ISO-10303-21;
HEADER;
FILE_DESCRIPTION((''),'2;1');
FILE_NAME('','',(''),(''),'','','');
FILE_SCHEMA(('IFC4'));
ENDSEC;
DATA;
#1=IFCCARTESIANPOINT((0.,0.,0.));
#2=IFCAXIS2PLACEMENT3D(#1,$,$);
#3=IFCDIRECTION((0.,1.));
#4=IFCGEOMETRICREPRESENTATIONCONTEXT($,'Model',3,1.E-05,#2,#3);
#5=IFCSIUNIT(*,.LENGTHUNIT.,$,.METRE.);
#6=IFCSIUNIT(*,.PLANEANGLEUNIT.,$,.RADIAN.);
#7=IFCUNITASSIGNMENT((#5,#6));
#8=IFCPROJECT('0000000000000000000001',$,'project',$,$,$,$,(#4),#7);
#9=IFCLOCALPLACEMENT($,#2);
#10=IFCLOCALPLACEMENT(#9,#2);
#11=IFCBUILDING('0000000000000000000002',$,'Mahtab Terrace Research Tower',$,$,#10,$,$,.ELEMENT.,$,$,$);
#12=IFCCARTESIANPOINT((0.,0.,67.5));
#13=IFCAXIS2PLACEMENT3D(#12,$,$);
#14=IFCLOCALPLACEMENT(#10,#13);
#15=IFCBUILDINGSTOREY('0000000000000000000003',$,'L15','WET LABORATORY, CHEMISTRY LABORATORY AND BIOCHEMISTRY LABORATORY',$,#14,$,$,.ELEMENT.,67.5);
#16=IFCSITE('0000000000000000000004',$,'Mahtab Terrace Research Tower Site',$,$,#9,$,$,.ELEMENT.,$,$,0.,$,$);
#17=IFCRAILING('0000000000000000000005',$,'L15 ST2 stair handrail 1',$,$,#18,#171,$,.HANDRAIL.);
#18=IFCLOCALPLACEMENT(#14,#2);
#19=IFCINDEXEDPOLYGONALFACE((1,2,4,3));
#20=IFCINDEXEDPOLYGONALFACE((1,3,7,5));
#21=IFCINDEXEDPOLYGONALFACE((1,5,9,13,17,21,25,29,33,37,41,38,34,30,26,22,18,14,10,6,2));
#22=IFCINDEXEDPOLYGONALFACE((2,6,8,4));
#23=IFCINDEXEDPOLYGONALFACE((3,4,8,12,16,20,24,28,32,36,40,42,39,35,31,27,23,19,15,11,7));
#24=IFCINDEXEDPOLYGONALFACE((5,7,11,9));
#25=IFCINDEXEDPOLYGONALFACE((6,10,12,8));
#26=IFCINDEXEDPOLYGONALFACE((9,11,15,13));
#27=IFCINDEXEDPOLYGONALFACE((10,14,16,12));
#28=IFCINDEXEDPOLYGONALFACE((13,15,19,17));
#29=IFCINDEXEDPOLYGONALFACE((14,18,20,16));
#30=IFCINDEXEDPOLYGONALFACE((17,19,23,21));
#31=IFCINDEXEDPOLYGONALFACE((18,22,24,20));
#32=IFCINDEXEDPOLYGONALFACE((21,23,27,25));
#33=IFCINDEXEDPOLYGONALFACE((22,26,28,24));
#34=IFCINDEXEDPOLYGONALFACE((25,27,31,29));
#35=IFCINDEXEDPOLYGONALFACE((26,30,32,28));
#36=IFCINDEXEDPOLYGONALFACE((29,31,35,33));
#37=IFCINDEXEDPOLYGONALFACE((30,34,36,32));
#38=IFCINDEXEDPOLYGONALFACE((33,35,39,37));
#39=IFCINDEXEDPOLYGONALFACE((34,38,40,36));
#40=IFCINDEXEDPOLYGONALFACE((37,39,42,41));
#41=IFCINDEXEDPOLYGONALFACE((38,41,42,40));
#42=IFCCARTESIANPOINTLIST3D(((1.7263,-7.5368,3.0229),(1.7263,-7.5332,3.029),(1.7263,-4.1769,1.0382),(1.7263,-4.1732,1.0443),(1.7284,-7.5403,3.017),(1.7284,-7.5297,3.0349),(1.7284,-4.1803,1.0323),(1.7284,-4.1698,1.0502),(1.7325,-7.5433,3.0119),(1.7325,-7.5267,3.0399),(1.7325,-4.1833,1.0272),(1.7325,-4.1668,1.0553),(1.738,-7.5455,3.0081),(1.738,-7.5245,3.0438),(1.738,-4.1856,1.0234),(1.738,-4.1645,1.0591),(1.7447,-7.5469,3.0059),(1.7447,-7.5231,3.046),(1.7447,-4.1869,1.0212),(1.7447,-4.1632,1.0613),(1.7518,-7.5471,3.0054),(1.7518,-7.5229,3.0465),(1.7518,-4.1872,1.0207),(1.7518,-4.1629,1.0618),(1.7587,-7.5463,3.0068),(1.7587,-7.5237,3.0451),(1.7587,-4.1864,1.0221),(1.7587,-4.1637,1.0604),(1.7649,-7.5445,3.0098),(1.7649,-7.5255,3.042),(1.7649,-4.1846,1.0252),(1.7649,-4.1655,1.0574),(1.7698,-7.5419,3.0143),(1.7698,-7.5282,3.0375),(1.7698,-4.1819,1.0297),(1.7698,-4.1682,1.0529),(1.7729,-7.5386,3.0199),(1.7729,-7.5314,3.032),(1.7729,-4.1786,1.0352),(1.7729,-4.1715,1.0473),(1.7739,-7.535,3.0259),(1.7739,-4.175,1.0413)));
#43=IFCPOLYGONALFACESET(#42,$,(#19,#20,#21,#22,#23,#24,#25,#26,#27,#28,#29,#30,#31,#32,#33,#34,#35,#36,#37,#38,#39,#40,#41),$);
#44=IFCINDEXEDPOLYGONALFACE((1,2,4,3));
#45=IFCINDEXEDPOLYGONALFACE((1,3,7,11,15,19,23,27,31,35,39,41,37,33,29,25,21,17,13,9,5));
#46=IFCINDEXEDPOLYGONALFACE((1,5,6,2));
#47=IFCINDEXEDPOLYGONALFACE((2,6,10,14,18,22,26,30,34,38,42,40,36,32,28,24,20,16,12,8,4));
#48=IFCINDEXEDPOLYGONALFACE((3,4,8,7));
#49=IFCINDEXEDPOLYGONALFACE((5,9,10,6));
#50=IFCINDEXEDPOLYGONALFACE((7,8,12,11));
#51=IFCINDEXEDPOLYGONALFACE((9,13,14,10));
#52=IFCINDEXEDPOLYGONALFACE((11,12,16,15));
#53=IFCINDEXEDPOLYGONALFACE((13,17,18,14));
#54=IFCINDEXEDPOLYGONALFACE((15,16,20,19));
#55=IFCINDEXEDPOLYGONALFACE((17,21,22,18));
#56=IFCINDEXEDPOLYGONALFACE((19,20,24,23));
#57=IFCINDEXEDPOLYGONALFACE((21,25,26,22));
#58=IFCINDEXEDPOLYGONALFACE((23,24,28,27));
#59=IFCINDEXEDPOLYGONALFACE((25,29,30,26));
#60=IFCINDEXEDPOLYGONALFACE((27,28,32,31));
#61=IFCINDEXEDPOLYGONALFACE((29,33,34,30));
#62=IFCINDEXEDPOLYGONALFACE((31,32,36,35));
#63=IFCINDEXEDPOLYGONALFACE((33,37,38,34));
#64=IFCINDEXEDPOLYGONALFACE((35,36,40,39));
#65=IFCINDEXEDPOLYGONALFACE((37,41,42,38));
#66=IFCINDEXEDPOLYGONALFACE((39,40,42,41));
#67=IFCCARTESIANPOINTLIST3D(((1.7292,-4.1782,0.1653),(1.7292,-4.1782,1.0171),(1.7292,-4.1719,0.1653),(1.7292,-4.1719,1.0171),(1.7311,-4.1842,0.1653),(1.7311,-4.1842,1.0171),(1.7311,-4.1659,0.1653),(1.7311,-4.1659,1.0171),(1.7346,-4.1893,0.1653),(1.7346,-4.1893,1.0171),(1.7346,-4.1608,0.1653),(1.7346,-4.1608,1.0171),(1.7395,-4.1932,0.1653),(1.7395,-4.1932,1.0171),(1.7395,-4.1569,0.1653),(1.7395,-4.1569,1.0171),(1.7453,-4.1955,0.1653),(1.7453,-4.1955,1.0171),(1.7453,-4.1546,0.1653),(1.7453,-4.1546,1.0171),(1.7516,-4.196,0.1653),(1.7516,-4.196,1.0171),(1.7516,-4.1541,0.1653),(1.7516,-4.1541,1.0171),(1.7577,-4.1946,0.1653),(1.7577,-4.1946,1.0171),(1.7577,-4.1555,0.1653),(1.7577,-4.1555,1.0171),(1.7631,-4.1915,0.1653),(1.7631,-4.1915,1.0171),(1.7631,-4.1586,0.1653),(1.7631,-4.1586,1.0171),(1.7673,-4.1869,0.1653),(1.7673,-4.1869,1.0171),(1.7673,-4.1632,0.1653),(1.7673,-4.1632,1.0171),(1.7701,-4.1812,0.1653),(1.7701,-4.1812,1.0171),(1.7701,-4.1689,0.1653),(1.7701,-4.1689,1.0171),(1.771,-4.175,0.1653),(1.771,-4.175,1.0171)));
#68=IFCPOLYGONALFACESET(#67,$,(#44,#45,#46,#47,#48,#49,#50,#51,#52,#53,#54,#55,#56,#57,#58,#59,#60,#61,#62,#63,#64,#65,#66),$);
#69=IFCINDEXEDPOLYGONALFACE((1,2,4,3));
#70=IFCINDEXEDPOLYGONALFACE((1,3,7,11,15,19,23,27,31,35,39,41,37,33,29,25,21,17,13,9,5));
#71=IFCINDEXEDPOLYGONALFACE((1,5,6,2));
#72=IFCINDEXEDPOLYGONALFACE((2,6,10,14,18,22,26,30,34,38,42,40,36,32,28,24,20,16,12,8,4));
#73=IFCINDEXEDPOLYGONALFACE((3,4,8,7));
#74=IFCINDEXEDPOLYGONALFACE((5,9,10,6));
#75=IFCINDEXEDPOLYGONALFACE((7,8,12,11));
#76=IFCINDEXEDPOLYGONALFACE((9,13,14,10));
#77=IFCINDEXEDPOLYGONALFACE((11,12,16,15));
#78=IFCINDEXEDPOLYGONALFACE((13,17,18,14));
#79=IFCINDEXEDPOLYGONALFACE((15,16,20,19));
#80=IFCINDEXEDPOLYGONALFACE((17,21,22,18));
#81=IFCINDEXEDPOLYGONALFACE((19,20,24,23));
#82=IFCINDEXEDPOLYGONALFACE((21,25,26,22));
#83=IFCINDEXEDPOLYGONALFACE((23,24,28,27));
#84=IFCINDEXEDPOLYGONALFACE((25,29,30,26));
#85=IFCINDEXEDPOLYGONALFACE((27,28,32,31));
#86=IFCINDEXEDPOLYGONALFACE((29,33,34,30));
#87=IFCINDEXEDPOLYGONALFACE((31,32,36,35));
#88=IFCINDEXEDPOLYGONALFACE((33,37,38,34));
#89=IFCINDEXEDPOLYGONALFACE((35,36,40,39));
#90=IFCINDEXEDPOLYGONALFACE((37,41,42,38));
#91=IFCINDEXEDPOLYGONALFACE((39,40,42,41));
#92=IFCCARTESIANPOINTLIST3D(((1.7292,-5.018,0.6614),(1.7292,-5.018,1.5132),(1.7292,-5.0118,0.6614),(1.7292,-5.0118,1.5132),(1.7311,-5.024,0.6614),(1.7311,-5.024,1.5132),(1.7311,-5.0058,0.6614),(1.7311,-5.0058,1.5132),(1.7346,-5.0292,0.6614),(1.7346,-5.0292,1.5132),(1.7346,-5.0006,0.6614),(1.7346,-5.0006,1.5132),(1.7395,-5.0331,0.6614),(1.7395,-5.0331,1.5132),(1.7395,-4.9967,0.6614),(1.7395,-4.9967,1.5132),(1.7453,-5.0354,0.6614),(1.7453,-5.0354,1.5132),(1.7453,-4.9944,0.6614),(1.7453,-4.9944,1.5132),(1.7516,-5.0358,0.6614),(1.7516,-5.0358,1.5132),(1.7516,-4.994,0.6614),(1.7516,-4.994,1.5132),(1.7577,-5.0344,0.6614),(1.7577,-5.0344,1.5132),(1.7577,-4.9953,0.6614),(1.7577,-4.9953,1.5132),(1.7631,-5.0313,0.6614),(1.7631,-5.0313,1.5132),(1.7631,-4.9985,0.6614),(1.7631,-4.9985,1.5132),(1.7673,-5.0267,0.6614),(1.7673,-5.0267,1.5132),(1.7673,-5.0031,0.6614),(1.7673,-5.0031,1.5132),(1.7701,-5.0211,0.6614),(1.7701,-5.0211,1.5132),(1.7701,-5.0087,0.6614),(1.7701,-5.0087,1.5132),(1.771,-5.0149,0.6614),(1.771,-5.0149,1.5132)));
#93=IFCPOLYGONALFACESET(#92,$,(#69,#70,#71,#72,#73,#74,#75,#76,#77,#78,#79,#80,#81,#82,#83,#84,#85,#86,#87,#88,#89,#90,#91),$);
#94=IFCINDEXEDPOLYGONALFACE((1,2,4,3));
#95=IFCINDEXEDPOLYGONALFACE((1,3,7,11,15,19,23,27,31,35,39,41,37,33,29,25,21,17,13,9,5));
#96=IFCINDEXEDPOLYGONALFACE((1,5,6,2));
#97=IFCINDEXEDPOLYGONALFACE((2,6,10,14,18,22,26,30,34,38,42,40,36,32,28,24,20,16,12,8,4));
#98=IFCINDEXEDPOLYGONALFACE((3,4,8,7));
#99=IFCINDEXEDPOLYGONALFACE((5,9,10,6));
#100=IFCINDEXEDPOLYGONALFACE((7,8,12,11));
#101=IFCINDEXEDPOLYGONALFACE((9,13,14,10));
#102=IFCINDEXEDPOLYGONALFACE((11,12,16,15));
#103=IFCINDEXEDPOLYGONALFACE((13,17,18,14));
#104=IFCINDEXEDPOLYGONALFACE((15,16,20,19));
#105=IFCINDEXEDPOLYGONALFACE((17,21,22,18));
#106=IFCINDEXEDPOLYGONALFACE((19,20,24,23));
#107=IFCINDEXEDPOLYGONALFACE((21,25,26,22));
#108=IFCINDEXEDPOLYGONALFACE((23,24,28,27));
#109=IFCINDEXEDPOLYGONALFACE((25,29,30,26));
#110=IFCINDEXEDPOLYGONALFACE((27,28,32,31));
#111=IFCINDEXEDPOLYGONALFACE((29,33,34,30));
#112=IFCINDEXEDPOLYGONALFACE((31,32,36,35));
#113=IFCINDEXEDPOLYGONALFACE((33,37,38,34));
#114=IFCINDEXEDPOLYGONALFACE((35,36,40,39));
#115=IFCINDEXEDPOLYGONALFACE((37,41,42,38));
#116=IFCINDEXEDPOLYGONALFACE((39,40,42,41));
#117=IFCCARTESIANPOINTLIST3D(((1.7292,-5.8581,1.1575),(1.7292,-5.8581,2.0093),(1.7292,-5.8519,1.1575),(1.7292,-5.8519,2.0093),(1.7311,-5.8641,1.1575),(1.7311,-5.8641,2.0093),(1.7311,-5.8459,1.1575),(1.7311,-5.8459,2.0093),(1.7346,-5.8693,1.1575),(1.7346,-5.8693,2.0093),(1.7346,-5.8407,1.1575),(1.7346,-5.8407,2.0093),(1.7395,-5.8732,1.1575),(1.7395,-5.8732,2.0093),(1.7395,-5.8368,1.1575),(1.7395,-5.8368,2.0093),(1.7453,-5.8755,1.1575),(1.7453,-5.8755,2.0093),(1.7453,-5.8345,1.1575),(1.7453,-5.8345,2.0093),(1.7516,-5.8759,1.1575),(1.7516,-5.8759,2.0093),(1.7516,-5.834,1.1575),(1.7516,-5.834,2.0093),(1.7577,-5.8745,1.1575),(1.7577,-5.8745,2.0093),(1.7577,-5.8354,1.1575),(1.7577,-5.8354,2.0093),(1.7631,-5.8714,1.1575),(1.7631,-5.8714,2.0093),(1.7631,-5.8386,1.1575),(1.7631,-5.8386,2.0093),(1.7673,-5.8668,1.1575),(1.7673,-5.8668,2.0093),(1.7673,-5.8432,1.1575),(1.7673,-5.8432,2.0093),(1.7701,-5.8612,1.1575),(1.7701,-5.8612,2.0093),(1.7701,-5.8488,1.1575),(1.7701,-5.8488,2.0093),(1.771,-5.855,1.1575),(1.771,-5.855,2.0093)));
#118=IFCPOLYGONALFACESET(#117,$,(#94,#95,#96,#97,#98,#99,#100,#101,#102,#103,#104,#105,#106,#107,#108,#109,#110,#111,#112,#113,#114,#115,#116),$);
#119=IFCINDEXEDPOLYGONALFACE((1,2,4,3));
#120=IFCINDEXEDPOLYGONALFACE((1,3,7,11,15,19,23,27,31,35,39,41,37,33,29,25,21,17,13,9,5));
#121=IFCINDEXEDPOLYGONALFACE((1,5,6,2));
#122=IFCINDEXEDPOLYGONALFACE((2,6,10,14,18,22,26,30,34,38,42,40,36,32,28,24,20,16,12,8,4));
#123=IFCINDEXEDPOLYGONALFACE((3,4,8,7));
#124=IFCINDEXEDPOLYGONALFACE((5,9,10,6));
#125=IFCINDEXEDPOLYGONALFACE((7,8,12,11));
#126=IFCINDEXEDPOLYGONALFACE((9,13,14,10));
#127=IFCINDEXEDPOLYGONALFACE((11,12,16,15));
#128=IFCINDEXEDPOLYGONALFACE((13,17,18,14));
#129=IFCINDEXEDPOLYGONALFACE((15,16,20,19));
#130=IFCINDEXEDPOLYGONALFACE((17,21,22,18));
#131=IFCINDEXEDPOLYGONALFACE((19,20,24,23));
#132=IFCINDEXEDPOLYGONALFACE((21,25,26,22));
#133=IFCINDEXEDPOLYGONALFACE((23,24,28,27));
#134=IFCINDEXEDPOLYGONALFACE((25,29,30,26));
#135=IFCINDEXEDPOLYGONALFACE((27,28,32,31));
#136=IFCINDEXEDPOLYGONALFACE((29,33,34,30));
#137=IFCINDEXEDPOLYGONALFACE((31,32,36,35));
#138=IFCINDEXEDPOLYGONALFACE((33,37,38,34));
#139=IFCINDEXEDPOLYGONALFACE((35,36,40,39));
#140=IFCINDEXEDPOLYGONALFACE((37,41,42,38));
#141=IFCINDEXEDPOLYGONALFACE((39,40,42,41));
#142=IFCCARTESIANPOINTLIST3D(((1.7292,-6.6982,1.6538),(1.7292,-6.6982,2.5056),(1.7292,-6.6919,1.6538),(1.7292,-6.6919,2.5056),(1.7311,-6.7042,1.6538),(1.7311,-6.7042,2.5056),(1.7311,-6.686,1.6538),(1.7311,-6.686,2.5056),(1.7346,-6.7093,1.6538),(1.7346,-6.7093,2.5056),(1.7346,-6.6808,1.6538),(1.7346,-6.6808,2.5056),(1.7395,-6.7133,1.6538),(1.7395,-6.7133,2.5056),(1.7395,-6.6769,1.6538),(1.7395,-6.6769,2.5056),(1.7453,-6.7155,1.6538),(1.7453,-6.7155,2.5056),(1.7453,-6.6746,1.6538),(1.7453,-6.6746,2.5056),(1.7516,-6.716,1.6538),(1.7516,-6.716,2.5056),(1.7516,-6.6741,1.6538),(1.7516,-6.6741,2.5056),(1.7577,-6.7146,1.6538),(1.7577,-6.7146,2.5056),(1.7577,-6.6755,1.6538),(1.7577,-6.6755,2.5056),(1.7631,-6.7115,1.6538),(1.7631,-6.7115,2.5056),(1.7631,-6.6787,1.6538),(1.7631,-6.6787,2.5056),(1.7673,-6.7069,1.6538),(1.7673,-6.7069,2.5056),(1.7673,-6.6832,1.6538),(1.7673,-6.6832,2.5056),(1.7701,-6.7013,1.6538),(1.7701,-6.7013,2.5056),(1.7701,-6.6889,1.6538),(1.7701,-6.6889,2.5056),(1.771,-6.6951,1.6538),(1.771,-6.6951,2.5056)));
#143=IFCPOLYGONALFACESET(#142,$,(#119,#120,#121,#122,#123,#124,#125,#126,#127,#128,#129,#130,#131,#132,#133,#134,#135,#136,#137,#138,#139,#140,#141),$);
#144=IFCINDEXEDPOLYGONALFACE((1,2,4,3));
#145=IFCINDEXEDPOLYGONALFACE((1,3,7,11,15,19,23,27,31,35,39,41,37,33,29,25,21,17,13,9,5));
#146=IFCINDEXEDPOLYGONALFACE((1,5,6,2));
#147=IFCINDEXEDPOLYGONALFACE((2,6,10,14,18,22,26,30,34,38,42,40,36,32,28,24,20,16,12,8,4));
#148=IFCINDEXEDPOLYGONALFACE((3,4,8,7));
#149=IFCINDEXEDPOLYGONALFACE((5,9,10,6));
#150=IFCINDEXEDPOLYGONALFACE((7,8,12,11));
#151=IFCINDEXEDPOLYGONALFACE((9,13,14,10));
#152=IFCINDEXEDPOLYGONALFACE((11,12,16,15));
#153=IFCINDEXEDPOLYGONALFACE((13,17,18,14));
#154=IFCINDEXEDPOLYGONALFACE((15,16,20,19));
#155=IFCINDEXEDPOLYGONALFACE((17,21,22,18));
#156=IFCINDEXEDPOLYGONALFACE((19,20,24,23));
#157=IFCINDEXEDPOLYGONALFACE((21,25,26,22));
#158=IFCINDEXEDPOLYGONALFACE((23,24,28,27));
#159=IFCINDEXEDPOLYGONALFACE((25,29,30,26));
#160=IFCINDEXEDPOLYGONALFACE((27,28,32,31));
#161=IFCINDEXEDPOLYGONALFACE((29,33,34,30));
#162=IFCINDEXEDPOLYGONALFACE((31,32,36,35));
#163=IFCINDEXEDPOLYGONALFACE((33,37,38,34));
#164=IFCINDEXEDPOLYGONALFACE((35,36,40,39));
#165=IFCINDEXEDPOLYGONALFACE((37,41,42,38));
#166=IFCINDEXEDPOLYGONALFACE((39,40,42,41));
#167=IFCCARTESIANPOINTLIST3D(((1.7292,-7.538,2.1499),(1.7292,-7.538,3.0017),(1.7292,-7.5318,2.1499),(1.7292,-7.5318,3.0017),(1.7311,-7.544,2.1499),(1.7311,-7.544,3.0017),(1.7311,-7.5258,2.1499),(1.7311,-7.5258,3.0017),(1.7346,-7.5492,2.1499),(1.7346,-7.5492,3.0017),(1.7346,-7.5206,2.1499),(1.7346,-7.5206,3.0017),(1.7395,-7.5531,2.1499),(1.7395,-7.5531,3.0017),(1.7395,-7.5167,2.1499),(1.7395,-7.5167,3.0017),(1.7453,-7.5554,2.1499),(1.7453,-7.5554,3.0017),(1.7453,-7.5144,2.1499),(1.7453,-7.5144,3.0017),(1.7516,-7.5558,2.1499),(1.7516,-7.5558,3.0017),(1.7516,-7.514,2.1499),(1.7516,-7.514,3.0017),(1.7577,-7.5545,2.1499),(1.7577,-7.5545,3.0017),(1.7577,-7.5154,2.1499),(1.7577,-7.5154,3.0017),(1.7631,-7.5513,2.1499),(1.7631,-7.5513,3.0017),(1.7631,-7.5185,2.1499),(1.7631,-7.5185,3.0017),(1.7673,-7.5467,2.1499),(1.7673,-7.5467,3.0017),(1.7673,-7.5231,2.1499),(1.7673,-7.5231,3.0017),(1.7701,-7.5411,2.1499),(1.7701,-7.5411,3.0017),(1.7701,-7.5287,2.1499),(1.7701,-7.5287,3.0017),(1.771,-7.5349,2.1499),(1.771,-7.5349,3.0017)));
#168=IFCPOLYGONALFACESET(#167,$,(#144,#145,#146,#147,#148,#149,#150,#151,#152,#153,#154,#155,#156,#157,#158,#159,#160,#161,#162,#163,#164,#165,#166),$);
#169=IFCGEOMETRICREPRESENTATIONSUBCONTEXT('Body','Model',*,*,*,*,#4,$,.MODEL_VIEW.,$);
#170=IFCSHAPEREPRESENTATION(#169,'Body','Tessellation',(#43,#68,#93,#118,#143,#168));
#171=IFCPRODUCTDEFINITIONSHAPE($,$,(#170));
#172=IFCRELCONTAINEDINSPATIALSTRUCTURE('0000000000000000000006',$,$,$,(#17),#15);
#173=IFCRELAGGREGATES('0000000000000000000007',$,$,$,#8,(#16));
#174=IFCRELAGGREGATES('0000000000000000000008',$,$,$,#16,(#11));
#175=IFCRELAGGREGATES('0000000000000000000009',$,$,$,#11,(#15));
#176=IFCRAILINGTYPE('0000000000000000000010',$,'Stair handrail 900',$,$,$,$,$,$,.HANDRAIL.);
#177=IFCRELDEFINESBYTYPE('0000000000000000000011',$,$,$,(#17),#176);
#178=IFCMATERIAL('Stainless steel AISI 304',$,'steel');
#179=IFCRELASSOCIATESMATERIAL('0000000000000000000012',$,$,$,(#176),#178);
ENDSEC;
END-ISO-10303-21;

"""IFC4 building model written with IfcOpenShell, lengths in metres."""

from ifc_helpers import new_model, si_unit, direction, frame, origin, origin_2d, place, context, subcontext, project, spatial, circle, extrude, material, type_object, element, save


model = new_model("IFC4")

# Units and contexts
model_context = context("Model", 3, precision=1e-05, world=origin(), true_north=direction((0.0, 1.0)))
body_context = subcontext(model_context, "Body", "Model", "MODEL_VIEW")
ifc_project = project(units=[si_unit("LENGTHUNIT", "METRE"), si_unit("PLANEANGLEUNIT", "RADIAN")], contexts=[model_context])

# Site, building, storey
site_placement = place(None, origin())
site = spatial("IfcSite", under=ifc_project, at=site_placement, Name="Mahtab Terrace Research Tower Site", CompositionType="ELEMENT", RefElevation=0.0)
building_placement = place(site_placement, origin())
building = spatial("IfcBuilding", under=site, at=building_placement, Name="Mahtab Terrace Research Tower", CompositionType="ELEMENT")
storey_placement = place(building_placement, frame((0.0, 0.0, 67.5)))
storey = spatial("IfcBuildingStorey", under=building, at=storey_placement, Name="L15", Description="WET LABORATORY, CHEMISTRY LABORATORY AND BIOCHEMISTRY LABORATORY", CompositionType="ELEMENT", Elevation=67.5)

# Railing
ifc_material_1 = material(Name="Stainless steel AISI 304", Category="steel")
railing_type_1 = type_object("IfcRailingType", Name="Stair handrail 900", PredefinedType="HANDRAIL", material=ifc_material_1)
railing_1_placement = place(storey_placement, frame((1.75, -4.175, 0.1653)))
element("IfcRailing", 1, at=railing_1_placement, inside=storey, type_object=railing_type_1, Name="L15 ST2 stair handrail 1", PredefinedType="HANDRAIL", context=body_context, shape_type="SweptSolid", body=[
    extrude(circle(Radius=0.0239, at=origin_2d()), frame((0.0, 0.0, 0.876), z_axis=(0.0, -0.861011, 0.508586), x_axis=(1.0, 0.0, 0.0)), (0.0, 0.0, 1.0), 3.9023),
    extrude(circle(Radius=0.021, at=origin_2d()), origin(), (0.0, 0.0, 1.0), 0.8518),
    extrude(circle(Radius=0.021, at=origin_2d()), frame((0.0, -0.8398, 0.4961)), (0.0, 0.0, 1.0), 0.8518),
    extrude(circle(Radius=0.021, at=origin_2d()), frame((0.0, -1.6799, 0.9922)), (0.0, 0.0, 1.0), 0.8518),
    extrude(circle(Radius=0.021, at=origin_2d()), frame((0.0, -2.52, 1.4885)), (0.0, 0.0, 1.0), 0.8518),
    extrude(circle(Radius=0.021, at=origin_2d()), frame((0.0, -3.3599, 1.9846)), (0.0, 0.0, 1.0), 0.8518),
])

save(model, "model.ifc")
